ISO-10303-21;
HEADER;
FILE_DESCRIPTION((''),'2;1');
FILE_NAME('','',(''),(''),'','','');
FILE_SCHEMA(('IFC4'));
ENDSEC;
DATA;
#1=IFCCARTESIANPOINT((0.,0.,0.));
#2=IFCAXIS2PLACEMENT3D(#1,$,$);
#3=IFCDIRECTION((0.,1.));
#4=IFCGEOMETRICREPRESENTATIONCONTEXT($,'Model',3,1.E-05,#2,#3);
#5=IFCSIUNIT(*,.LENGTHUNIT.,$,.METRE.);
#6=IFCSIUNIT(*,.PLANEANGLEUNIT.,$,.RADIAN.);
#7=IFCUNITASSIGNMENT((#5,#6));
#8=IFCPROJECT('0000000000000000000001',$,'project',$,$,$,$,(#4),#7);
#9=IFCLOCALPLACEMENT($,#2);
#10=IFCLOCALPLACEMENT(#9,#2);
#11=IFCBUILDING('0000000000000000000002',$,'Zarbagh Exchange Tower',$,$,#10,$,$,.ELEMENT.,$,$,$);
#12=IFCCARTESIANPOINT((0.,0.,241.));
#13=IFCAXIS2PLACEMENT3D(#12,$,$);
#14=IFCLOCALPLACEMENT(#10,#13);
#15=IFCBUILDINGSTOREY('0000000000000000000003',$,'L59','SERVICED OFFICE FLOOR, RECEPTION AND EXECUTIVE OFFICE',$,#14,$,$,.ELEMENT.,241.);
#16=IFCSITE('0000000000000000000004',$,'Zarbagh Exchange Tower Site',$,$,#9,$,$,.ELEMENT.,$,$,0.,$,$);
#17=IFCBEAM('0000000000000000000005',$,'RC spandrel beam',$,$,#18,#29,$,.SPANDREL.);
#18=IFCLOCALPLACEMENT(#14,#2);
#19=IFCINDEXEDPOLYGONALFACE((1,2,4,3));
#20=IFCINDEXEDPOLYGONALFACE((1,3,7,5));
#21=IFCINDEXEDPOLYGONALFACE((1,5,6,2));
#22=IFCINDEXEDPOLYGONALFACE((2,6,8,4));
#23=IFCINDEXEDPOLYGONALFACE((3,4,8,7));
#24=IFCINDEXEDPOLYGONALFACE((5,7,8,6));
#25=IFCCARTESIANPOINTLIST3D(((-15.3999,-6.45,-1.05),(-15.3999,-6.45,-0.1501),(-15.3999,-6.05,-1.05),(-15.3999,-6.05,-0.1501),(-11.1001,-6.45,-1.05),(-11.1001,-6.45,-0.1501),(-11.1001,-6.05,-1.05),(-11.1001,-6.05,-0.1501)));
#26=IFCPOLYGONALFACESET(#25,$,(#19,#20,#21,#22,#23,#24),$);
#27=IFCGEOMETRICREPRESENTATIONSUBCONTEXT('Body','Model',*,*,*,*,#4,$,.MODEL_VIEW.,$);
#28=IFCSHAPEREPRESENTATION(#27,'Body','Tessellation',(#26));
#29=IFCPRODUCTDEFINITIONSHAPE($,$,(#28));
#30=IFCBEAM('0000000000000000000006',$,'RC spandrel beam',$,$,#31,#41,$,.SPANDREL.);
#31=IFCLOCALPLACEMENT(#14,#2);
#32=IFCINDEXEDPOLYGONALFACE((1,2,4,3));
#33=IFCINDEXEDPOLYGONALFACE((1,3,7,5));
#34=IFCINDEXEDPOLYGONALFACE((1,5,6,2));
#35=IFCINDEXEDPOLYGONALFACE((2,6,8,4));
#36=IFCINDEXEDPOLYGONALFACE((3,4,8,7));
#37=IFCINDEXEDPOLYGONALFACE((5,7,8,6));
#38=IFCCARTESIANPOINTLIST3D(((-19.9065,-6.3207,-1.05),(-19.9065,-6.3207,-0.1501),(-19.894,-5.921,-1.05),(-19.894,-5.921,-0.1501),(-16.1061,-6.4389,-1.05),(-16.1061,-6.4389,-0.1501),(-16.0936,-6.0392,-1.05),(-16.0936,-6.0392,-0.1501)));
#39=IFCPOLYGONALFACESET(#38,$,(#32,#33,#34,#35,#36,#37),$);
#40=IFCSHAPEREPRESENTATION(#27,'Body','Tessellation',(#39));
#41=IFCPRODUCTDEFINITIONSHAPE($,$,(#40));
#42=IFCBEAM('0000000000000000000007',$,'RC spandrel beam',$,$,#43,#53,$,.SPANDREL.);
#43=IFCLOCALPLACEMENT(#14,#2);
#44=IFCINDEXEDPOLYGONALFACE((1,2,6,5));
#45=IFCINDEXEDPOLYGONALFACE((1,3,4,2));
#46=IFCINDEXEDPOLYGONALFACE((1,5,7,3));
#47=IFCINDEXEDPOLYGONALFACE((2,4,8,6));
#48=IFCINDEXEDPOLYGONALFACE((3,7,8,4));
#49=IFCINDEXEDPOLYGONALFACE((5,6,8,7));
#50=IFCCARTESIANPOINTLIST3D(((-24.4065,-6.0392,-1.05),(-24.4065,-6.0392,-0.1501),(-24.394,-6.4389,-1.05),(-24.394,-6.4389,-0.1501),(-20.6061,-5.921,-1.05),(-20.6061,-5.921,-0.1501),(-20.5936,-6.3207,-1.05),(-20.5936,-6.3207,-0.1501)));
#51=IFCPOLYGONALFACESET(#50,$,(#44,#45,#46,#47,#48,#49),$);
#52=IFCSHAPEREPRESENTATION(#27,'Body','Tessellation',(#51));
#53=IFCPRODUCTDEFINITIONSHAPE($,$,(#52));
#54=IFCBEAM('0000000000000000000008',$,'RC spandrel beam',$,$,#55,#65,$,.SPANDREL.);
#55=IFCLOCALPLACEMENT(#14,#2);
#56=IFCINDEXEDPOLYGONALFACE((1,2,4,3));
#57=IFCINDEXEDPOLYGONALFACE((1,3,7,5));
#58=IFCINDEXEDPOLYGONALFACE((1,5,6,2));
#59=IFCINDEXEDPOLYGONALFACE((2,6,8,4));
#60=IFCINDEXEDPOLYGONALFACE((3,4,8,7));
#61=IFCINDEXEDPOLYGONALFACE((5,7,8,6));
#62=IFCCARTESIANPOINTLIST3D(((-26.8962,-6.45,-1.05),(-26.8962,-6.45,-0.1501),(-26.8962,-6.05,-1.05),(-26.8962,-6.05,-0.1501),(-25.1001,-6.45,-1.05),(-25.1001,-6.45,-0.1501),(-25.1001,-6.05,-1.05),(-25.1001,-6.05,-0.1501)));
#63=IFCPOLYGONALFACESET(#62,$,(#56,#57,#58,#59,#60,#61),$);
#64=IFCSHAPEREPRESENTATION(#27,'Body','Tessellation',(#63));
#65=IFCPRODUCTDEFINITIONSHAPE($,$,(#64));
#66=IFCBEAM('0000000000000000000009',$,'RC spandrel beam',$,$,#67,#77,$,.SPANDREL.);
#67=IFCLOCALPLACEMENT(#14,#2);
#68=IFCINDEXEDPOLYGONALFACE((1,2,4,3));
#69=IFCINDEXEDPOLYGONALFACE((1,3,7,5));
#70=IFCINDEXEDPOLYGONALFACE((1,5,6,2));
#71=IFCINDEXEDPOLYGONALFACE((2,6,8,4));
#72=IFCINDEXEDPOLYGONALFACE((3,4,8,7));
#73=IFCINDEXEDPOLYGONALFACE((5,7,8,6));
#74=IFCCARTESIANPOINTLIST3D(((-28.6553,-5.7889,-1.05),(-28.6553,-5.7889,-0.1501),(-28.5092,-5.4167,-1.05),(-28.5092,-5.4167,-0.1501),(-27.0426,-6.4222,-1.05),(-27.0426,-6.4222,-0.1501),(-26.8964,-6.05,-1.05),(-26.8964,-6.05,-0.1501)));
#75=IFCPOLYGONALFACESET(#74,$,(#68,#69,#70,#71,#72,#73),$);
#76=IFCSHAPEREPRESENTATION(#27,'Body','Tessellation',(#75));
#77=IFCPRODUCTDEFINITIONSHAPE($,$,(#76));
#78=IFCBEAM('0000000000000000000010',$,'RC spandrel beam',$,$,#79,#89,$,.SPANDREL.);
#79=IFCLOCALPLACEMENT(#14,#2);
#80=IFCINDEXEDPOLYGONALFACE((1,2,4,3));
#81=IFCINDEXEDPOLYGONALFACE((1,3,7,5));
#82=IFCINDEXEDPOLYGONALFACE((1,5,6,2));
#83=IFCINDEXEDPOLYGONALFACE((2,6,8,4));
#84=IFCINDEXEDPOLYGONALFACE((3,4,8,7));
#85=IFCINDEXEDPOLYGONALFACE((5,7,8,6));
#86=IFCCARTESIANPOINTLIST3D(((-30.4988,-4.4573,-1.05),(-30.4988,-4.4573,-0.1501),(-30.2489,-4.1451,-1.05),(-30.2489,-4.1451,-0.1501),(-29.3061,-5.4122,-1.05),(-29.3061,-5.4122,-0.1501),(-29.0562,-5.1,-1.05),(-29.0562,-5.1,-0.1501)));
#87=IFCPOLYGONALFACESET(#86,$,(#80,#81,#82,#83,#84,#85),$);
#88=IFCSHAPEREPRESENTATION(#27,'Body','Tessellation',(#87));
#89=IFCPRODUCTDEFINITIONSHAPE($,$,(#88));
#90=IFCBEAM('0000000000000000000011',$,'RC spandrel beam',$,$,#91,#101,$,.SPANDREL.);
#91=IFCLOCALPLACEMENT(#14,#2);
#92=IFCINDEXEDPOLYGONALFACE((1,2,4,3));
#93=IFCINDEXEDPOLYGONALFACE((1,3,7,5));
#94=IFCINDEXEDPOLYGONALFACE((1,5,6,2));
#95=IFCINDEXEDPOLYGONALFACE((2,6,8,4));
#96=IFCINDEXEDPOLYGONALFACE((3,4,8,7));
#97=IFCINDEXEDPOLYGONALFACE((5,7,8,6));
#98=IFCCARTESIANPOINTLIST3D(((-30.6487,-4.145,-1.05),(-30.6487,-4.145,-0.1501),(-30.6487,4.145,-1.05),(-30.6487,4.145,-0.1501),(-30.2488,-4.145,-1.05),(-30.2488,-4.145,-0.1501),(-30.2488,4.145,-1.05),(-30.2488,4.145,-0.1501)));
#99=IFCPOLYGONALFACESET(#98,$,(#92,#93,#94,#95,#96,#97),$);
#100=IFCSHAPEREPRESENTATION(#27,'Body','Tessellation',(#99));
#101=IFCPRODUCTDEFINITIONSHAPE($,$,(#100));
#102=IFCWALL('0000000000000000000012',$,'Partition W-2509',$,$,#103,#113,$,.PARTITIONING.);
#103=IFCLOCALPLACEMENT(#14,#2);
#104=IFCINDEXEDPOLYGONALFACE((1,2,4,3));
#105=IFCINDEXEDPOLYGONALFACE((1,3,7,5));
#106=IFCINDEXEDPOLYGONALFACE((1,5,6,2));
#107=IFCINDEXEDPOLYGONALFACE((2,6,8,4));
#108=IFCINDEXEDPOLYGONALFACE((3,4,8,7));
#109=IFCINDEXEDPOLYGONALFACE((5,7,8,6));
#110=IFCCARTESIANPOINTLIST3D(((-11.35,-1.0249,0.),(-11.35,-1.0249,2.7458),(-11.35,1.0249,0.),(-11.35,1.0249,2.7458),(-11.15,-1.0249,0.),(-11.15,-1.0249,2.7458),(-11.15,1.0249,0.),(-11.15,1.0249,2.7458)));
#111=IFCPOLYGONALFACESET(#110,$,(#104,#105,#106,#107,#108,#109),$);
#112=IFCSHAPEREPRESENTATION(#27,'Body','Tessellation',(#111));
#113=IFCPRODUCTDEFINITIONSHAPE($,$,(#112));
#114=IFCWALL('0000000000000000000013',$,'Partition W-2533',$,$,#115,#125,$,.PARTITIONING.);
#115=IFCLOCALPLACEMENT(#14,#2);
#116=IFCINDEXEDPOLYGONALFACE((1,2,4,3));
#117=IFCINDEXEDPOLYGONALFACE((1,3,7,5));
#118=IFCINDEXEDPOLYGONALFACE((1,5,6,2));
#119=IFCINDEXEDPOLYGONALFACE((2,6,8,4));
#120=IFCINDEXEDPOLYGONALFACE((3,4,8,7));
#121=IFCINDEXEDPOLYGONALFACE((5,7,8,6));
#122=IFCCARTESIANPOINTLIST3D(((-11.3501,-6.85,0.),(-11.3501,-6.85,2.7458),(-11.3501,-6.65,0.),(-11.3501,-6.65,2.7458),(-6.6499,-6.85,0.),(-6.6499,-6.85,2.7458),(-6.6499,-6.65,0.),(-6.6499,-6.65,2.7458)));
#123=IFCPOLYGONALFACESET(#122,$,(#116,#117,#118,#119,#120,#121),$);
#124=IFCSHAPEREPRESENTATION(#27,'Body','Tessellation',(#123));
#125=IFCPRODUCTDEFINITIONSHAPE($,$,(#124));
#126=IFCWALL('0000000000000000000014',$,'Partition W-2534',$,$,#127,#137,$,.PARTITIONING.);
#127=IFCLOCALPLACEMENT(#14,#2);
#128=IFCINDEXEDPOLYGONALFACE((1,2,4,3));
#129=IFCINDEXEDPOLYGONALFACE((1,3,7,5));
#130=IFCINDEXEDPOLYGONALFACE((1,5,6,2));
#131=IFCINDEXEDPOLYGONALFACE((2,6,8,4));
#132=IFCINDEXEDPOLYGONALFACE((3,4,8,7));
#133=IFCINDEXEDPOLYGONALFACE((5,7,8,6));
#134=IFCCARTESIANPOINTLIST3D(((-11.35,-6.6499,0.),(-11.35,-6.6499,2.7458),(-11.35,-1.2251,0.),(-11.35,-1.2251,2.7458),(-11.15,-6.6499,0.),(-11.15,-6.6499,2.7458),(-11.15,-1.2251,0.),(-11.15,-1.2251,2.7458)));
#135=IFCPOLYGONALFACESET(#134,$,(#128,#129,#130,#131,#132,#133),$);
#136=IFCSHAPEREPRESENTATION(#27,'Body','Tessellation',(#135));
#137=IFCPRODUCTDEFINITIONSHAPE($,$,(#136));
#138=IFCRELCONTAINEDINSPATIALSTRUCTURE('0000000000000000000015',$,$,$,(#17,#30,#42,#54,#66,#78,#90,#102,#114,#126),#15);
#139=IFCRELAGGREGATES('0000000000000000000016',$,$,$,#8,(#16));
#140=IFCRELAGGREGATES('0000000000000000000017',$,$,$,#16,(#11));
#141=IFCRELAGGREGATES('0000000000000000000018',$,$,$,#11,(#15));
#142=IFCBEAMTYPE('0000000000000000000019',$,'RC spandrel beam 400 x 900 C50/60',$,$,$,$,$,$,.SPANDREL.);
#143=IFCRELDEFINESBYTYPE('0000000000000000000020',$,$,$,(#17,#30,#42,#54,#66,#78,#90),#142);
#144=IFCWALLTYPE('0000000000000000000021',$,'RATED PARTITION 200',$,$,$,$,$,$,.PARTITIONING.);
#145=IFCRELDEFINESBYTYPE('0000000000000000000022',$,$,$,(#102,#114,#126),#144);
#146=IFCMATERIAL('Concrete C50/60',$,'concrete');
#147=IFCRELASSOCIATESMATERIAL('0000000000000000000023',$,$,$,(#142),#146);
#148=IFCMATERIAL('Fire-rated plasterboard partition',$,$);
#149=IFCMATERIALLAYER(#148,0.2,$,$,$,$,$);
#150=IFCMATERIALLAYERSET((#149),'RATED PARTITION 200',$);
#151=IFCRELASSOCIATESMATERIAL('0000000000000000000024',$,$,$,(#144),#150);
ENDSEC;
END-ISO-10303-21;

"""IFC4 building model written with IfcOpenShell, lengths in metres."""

from ifc_helpers import new_model, si_unit, direction, frame, frame_2d, origin, origin_2d, place, context, subcontext, project, spatial, rectangle, extrude, material, layer, layer_set, material_profile, profile_set, type_object, element, save


model = new_model("IFC4")

# Units and contexts
model_context = context("Model", 3, precision=1e-05, world=origin(), true_north=direction((0.0, 1.0)))
body_context = subcontext(model_context, "Body", "Model", "MODEL_VIEW")
ifc_project = project(units=[si_unit("LENGTHUNIT", "METRE"), si_unit("PLANEANGLEUNIT", "RADIAN")], contexts=[model_context])

# Site, building, storey
site_placement = place(None, origin())
site = spatial("IfcSite", under=ifc_project, at=site_placement, Name="Zarbagh Exchange Tower Site", CompositionType="ELEMENT", RefElevation=0.0)
building_placement = place(site_placement, origin())
building = spatial("IfcBuilding", under=site, at=building_placement, Name="Zarbagh Exchange Tower", CompositionType="ELEMENT")
storey_placement = place(building_placement, frame((0.0, 0.0, 241.0)))
storey = spatial("IfcBuildingStorey", under=building, at=storey_placement, Name="L59", Description="SERVICED OFFICE FLOOR, RECEPTION AND EXECUTIVE OFFICE", CompositionType="ELEMENT", Elevation=241.0)

# Shared definitions
ifc_material_1 = material(Name="Concrete C50/60", Category="concrete")

# Beams
ifc_material_profile_1 = material_profile(ifc_material_1, rectangle(XDim=0.3999, YDim=0.8999, at=origin_2d()), Name="RC spandrel beam 400 x 900 C50/60")
ifc_profile_set_1 = profile_set([ifc_material_profile_1], Name="Concrete C50/60")
beam_type_1 = type_object("IfcBeamType", Name="RC spandrel beam 400 x 900 C50/60", PredefinedType="SPANDREL", material=ifc_profile_set_1)
beam_1_placement = place(storey_placement, frame((-11.1001, -6.25, -0.6001), z_axis=(-1.0, 0.0, 0.0), x_axis=(0.0, -1.0, 0.0)))
element("IfcBeam", 1, at=beam_1_placement, inside=storey, type_object=beam_type_1, Name="RC spandrel beam", PredefinedType="SPANDREL", context=body_context, shape_type="SweptSolid", body=[
    extrude(rectangle(XDim=0.3999, YDim=0.8999, at=origin_2d()), origin(), (0.0, 0.0, 1.0), 4.2998),
])
for number, where, z_axis, x_axis, name in (
    (2, (-16.0999, -6.239, -0.6001), (-0.999517, 0.031078, 0.0), (-0.031078, -0.999517, 0.0), "RC spandrel beam"),
    (3, (-20.5999, -6.1208, -0.6001), (-0.999517, -0.031078, 0.0), (0.031078, -0.999517, 0.0), "RC spandrel beam"),
):
    element("IfcBeam", number, at=place(storey_placement, frame(where, z_axis=z_axis, x_axis=x_axis)), inside=storey, type_object=beam_type_1, Name=name, PredefinedType="SPANDREL", context=body_context, shape_type="SweptSolid", body=[
        extrude(rectangle(XDim=0.3999, YDim=0.8999, at=origin_2d()), origin(), (0.0, 0.0, 1.0), 3.8022),
    ])
beam_2_placement = place(storey_placement, frame((-25.1001, -6.25, -0.6001), z_axis=(-1.0, 0.0, 0.0), x_axis=(0.0, -1.0, 0.0)))
element("IfcBeam", 4, at=beam_2_placement, inside=storey, type_object=beam_type_1, Name="RC spandrel beam", PredefinedType="SPANDREL", context=body_context, shape_type="SweptSolid", body=[
    extrude(rectangle(XDim=0.3999, YDim=0.8999, at=origin_2d()), origin(), (0.0, 0.0, 1.0), 1.7961),
])
beam_3_placement = place(storey_placement, frame((-26.9695, -6.2361, -0.6001), z_axis=(-0.93081, 0.365504, 0.0), x_axis=(-0.365504, -0.93081, 0.0)))
element("IfcBeam", 5, at=beam_3_placement, inside=storey, type_object=beam_type_1, Name="RC spandrel beam", PredefinedType="SPANDREL", context=body_context, shape_type="SweptSolid", body=[
    extrude(rectangle(XDim=0.3999, YDim=0.8999, at=origin_2d()), origin(), (0.0, 0.0, 1.0), 1.7327),
])
beam_4_placement = place(storey_placement, frame((-29.1812, -5.2561, -0.6001), z_axis=(-0.780635, 0.624987, 0.0), x_axis=(-0.624987, -0.780635, 0.0)))
element("IfcBeam", 6, at=beam_4_placement, inside=storey, type_object=beam_type_1, Name="RC spandrel beam", PredefinedType="SPANDREL", context=body_context, shape_type="SweptSolid", body=[
    extrude(rectangle(XDim=0.3999, YDim=0.8999, at=origin_2d()), origin(), (0.0, 0.0, 1.0), 1.5278),
])
beam_5_placement = place(storey_placement, frame((-30.4487, -4.145, -0.6001), z_axis=(0.0, 1.0, 0.0), x_axis=(-1.0, 0.0, 0.0)))
element("IfcBeam", 7, at=beam_5_placement, inside=storey, type_object=beam_type_1, Name="RC spandrel beam", PredefinedType="SPANDREL", context=body_context, shape_type="SweptSolid", body=[
    extrude(rectangle(XDim=0.3999, YDim=0.8999, at=origin_2d()), origin(), (0.0, 0.0, 1.0), 8.29),
])

# Walls
ifc_material_2 = material(Name="Fire-rated plasterboard partition")
ifc_layer = layer(ifc_material_2, 0.2)
ifc_layer_set = layer_set([ifc_layer], Name="RATED PARTITION 200")
wall_type = type_object("IfcWallType", Name="RATED PARTITION 200", PredefinedType="PARTITIONING", material=ifc_layer_set)
wall_1_placement = place(storey_placement, frame((-11.25, -1.0249, 0.0), z_axis=(0.0, 0.0, 1.0), x_axis=(0.0, 1.0, 0.0)))
element("IfcWall", 8, at=wall_1_placement, inside=storey, type_object=wall_type, Name="Partition W-2509", PredefinedType="PARTITIONING", context=body_context, shape_type="SweptSolid", body=[
    extrude(rectangle(XDim=2.0498, YDim=0.2, at=frame_2d((1.0249, 0.0))), origin(), (0.0, 0.0, 1.0), 2.7458),
])
wall_2_placement = place(storey_placement, frame((-11.3501, -6.75, 0.0), z_axis=(0.0, 0.0, 1.0), x_axis=(1.0, 0.0, 0.0)))
element("IfcWall", 9, at=wall_2_placement, inside=storey, type_object=wall_type, Name="Partition W-2533", PredefinedType="PARTITIONING", context=body_context, shape_type="SweptSolid", body=[
    extrude(rectangle(XDim=4.7002, YDim=0.2, at=frame_2d((2.3501, 0.0))), origin(), (0.0, 0.0, 1.0), 2.7458),
])
wall_3_placement = place(storey_placement, frame((-11.25, -6.6499, 0.0), z_axis=(0.0, 0.0, 1.0), x_axis=(0.0, 1.0, 0.0)))
element("IfcWall", 10, at=wall_3_placement, inside=storey, type_object=wall_type, Name="Partition W-2534", PredefinedType="PARTITIONING", context=body_context, shape_type="SweptSolid", body=[
    extrude(rectangle(XDim=5.4248, YDim=0.2, at=frame_2d((2.7124, 0.0))), origin(), (0.0, 0.0, 1.0), 2.7458),
])

save(model, "model.ifc")
